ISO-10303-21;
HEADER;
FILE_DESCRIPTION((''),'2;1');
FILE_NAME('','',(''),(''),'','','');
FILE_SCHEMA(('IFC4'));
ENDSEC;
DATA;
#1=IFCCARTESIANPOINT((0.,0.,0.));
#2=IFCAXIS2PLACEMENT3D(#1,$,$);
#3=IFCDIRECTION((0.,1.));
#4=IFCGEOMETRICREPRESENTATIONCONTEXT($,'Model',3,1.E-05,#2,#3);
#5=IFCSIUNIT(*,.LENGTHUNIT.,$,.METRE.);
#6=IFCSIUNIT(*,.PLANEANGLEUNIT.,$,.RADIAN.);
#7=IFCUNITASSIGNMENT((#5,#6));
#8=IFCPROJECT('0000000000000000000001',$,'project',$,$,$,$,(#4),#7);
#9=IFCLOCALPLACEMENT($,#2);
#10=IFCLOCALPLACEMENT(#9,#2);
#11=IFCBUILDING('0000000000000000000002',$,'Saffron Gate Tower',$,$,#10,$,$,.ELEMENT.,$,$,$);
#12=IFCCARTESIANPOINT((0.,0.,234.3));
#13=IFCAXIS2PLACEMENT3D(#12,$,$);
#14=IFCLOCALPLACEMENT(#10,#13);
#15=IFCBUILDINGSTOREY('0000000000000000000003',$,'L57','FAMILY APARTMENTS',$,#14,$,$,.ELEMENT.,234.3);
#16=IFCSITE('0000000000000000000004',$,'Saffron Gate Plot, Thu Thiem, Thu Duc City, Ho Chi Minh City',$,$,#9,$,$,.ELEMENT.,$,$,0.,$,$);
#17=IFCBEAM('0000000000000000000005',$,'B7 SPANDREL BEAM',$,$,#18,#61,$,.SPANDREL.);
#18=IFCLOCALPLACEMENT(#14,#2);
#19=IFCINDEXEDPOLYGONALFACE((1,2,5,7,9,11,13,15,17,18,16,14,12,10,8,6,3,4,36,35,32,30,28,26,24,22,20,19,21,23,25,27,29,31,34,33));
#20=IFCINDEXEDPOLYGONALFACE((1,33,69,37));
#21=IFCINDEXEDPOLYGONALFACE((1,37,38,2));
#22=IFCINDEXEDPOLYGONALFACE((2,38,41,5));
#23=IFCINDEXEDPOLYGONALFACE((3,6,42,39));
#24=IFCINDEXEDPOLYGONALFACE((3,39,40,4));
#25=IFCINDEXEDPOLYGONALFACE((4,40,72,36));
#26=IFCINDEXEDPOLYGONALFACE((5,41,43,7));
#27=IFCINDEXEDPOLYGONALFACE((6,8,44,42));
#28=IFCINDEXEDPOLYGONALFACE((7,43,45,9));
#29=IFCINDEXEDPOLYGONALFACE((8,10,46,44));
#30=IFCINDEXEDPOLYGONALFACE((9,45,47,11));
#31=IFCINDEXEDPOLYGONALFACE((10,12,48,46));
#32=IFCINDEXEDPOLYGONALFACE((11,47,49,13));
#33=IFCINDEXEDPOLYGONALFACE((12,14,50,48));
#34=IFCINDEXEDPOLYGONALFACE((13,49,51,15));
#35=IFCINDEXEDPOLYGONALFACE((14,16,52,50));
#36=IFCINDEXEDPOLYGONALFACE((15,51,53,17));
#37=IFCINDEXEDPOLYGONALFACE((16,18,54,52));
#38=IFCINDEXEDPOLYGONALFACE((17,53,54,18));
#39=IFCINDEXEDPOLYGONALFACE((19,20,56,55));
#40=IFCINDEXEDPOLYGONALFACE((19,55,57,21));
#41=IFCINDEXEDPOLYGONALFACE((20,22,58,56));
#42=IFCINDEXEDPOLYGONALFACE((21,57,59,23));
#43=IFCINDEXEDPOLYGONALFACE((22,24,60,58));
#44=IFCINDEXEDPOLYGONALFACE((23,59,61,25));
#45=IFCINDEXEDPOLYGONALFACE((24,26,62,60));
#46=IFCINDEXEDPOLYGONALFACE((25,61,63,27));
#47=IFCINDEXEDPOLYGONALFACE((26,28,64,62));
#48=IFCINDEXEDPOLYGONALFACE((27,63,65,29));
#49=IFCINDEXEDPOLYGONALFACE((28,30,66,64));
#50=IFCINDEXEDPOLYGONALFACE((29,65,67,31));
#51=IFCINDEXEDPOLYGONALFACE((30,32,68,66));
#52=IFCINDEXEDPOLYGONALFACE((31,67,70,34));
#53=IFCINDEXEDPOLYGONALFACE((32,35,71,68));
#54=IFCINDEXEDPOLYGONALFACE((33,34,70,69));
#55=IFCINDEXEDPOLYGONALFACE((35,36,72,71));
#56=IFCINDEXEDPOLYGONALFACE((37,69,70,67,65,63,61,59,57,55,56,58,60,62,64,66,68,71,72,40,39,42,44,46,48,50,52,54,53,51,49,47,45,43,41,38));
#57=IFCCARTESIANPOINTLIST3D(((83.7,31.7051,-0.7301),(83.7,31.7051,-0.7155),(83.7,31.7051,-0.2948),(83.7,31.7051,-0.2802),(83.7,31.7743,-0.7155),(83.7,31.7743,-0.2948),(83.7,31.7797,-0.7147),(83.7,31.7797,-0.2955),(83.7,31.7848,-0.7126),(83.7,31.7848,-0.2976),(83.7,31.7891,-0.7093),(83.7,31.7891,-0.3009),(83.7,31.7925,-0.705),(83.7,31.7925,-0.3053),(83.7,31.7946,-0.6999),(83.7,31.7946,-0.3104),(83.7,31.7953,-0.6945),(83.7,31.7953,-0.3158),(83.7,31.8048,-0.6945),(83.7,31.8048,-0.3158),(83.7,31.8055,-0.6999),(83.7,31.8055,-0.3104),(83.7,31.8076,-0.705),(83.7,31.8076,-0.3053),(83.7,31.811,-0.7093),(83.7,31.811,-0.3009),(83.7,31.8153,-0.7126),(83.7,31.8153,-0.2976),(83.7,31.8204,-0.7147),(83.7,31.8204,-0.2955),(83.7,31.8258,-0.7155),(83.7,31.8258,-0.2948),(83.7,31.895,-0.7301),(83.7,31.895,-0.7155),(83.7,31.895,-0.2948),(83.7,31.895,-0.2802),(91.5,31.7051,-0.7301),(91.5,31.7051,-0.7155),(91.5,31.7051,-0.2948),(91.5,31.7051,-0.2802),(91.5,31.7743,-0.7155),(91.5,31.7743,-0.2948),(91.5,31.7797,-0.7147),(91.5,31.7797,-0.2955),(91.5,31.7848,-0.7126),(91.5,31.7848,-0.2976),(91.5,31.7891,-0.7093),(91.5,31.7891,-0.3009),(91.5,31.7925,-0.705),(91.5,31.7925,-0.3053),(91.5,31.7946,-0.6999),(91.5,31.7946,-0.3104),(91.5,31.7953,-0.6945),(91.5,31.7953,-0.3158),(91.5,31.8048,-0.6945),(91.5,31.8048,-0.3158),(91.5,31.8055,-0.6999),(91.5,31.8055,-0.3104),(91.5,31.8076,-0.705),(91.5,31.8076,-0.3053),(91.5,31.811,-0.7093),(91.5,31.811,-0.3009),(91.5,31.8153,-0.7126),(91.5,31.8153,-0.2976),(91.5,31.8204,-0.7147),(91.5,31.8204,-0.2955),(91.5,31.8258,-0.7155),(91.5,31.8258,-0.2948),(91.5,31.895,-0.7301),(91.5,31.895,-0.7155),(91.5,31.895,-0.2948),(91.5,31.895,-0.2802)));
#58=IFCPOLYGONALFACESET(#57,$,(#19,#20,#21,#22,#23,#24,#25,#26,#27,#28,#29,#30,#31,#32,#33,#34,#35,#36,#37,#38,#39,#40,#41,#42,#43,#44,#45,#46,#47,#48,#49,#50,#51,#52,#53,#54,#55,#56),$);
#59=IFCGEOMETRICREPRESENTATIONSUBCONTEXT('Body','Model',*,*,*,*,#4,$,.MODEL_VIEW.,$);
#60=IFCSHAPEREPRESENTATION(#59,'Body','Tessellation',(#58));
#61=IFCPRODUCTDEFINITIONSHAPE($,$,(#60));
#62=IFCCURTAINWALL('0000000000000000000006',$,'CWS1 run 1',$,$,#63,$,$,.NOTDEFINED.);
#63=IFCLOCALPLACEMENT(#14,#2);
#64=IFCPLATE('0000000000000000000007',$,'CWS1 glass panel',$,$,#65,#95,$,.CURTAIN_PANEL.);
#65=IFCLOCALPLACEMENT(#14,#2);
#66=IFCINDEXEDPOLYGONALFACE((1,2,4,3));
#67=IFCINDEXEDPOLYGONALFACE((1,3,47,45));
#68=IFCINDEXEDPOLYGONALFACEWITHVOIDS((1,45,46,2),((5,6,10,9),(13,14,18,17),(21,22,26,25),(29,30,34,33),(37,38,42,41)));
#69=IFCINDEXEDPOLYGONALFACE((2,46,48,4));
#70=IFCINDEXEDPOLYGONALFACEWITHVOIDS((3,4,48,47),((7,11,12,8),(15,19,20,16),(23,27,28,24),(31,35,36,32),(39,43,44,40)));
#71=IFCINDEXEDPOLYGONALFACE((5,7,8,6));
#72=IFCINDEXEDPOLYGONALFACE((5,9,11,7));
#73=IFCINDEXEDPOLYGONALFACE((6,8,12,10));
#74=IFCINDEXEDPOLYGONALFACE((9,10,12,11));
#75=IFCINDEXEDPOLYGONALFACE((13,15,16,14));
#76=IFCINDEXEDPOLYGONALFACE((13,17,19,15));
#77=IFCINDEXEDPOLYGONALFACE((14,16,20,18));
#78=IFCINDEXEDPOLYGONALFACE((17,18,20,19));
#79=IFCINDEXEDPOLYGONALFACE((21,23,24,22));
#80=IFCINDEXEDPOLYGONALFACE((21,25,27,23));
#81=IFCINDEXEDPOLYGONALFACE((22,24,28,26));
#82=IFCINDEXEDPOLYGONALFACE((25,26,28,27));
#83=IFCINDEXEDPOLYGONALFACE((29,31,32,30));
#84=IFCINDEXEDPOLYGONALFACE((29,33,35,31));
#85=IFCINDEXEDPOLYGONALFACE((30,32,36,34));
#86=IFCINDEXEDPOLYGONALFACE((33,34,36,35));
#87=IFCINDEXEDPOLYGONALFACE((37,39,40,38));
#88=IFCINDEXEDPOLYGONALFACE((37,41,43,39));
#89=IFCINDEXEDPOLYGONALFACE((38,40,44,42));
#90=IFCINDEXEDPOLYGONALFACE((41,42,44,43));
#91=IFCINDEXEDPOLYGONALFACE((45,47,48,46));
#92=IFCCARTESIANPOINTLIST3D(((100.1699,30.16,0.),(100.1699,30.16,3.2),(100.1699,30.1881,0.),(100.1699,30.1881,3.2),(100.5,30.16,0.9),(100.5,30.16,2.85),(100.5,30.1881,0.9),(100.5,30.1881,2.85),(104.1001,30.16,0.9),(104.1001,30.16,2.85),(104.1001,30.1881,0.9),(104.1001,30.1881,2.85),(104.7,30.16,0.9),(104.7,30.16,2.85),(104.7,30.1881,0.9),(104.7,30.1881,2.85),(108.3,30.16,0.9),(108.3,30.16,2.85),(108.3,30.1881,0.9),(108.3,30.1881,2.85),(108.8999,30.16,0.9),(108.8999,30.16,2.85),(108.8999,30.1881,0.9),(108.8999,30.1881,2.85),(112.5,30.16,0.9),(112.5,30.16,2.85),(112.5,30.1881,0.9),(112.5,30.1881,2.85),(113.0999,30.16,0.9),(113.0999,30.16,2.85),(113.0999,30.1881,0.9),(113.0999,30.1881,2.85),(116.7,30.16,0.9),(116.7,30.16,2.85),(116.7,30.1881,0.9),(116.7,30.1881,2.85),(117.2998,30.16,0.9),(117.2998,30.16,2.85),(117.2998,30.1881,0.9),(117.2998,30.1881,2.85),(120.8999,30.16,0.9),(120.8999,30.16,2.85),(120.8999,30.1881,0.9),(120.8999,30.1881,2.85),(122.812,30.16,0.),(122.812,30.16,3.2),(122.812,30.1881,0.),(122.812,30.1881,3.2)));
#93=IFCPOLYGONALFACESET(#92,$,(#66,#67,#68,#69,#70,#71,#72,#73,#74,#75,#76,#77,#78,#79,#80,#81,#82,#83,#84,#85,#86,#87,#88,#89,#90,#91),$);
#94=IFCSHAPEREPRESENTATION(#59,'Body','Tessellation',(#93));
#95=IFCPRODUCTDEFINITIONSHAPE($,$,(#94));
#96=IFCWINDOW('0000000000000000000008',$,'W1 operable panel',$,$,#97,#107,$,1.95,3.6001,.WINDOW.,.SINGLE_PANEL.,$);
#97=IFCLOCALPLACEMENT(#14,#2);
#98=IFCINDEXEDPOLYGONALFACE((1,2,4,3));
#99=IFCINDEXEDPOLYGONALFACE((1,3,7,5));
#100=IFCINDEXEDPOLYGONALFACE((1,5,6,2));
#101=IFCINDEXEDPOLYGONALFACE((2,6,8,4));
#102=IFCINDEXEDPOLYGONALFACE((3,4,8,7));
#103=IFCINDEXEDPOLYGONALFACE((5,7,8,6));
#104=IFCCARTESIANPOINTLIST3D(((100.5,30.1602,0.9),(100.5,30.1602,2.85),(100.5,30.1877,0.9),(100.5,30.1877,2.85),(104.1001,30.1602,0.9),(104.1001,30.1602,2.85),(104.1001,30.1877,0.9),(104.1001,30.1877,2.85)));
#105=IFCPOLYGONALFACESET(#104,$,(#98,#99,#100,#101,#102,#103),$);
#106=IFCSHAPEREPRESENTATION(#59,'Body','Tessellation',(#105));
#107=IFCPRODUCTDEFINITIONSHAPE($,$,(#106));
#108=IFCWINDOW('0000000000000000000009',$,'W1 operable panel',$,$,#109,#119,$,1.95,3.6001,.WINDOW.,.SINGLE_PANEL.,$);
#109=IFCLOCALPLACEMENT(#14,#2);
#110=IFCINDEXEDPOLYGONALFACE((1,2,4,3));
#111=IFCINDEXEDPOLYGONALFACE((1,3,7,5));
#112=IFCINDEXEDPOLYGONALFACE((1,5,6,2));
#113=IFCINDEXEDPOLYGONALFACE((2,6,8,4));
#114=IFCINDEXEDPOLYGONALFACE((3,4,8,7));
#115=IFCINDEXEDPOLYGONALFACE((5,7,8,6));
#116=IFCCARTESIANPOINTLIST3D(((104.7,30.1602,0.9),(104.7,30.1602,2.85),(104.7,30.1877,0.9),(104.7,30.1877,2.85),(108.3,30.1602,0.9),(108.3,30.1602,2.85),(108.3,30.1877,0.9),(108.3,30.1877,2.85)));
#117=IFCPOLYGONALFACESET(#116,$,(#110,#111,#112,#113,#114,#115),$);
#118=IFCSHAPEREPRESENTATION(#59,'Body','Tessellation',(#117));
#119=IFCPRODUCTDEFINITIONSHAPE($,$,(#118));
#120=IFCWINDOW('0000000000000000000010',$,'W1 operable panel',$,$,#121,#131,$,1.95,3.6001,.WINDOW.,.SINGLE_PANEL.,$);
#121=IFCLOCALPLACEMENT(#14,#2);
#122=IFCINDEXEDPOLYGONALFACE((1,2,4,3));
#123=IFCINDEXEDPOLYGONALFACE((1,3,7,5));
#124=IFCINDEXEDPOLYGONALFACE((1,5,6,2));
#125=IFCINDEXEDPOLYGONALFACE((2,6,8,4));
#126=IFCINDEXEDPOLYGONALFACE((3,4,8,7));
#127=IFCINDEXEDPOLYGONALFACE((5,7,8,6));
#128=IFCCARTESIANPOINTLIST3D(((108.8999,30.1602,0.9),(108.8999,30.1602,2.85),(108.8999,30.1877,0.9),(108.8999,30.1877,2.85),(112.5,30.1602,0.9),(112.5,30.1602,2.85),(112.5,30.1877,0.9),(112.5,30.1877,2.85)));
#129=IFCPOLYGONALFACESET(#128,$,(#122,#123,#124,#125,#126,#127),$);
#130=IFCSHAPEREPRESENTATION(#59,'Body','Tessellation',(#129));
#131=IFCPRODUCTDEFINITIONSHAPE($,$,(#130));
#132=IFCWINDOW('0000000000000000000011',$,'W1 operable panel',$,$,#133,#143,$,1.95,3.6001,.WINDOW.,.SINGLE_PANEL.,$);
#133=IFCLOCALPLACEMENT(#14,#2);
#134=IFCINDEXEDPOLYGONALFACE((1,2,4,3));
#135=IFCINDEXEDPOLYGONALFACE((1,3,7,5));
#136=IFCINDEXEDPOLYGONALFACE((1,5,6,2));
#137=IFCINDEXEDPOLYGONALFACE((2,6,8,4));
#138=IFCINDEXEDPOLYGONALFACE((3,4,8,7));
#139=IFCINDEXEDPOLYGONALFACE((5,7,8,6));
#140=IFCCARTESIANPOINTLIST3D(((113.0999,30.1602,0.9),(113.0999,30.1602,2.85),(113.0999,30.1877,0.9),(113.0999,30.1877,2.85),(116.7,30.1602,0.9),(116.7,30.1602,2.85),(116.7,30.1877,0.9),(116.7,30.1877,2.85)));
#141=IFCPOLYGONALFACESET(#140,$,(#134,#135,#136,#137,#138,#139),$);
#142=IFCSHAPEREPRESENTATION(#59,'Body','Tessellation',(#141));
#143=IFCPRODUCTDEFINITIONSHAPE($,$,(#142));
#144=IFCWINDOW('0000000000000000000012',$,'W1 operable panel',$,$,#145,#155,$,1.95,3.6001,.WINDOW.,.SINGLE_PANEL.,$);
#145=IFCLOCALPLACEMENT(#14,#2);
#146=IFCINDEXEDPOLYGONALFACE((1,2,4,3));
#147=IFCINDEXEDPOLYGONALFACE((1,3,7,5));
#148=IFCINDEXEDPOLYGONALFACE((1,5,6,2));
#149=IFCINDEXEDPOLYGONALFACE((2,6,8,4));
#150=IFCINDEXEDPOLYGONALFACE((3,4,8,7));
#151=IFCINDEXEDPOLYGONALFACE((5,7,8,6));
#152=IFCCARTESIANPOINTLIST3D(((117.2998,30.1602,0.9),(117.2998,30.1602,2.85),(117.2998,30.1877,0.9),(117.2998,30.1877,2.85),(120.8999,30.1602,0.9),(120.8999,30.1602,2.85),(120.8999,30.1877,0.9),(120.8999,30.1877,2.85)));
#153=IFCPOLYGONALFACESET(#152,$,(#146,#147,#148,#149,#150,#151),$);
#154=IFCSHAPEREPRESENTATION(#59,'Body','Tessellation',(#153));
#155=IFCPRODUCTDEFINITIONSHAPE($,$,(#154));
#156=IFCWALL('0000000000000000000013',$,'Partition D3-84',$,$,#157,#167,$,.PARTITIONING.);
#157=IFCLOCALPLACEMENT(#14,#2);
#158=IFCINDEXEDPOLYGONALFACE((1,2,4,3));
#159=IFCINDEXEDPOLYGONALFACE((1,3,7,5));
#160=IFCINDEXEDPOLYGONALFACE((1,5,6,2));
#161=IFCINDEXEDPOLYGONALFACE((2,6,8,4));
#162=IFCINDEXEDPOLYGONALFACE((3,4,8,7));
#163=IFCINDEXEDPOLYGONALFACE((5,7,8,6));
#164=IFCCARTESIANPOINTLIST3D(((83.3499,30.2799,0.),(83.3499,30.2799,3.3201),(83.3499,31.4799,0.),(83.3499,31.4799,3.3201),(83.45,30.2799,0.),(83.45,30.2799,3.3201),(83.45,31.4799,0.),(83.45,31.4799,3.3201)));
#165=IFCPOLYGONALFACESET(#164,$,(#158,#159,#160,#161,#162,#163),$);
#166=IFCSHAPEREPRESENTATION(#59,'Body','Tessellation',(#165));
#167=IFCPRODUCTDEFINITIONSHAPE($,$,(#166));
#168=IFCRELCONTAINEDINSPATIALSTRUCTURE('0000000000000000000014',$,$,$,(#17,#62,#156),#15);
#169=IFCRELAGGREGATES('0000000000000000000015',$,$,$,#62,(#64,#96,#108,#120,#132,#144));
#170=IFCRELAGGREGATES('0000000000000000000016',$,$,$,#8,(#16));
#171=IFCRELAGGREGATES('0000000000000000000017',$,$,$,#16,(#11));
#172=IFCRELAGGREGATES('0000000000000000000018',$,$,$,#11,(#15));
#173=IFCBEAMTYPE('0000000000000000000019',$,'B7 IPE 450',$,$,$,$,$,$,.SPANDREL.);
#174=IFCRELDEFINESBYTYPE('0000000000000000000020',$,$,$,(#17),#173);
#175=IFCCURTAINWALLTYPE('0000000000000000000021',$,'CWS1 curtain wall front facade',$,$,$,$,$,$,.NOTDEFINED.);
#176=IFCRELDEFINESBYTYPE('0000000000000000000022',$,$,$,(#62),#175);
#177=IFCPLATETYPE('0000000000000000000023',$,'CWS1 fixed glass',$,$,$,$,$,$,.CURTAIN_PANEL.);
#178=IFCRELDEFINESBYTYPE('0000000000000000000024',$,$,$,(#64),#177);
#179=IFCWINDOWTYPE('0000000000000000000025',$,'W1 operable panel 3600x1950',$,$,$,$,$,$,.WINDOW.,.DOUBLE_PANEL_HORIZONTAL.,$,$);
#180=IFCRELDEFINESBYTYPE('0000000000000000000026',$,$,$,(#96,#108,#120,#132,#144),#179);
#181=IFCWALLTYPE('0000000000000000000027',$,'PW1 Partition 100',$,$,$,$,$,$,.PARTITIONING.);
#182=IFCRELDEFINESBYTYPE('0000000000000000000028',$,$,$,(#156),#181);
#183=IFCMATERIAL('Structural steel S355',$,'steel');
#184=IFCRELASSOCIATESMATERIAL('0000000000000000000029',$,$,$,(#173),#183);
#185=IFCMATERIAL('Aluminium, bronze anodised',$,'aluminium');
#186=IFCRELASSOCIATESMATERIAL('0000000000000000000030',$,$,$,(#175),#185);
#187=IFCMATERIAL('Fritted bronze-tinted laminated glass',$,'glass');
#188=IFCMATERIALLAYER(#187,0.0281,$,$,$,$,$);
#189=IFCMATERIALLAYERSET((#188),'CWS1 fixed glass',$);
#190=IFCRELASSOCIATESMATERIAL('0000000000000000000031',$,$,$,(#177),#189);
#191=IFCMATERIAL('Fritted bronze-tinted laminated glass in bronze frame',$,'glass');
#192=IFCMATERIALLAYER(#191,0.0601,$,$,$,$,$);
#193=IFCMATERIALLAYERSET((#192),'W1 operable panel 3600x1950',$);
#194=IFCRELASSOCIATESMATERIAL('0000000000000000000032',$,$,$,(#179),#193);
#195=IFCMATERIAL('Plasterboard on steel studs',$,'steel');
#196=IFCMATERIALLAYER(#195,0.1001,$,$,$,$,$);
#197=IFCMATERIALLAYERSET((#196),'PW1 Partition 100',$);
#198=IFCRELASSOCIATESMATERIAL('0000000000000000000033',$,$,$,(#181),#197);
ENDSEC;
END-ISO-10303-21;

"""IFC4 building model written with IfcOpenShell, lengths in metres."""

from ifc_helpers import new_model, si_unit, direction, frame, frame_2d, origin, origin_2d, place, context, subcontext, project, spatial, rectangle, i_section, extrude, material, layer, layer_set, material_profile, profile_set, type_object, element, fill, aggregate, save


model = new_model("IFC4")

# Units and contexts
model_context = context("Model", 3, precision=1e-05, world=origin(), true_north=direction((0.0, 1.0)))
body_context = subcontext(model_context, "Body", "Model", "MODEL_VIEW")
ifc_project = project(units=[si_unit("LENGTHUNIT", "METRE"), si_unit("PLANEANGLEUNIT", "RADIAN")], contexts=[model_context])

# Site, building, storey
site_placement = place(None, origin())
site = spatial("IfcSite", under=ifc_project, at=site_placement, Name="Saffron Gate Plot, Thu Thiem, Thu Duc City, Ho Chi Minh City", CompositionType="ELEMENT", RefElevation=0.0)
building_placement = place(site_placement, origin())
building = spatial("IfcBuilding", under=site, at=building_placement, Name="Saffron Gate Tower", CompositionType="ELEMENT")
storey_placement = place(building_placement, frame((0.0, 0.0, 234.3)))
storey = spatial("IfcBuildingStorey", under=building, at=storey_placement, Name="L57", Description="FAMILY APARTMENTS", CompositionType="ELEMENT", Elevation=234.3)

# Beam
ifc_material_1 = material(Name="Structural steel S355", Category="steel")
ifc_material_profile = material_profile(ifc_material_1, i_section(OverallWidth=0.1899, OverallDepth=0.45, WebThickness=0.0095, FlangeThickness=0.0146, FilletRadius=0.021, at=origin_2d()))
ifc_profile_set = profile_set([ifc_material_profile], Name="Structural steel S355")
beam_type = type_object("IfcBeamType", Name="B7 IPE 450", PredefinedType="SPANDREL", material=ifc_profile_set)
beam_placement = place(storey_placement, frame((83.7, 31.8, -0.5051), z_axis=(1.0, 0.0, 0.0), x_axis=(0.0, 1.0, 0.0)))
element("IfcBeam", 1, at=beam_placement, inside=storey, type_object=beam_type, Name="B7 SPANDREL BEAM", PredefinedType="SPANDREL", context=body_context, shape_type="SweptSolid", body=[
    extrude(i_section(OverallWidth=0.1899, OverallDepth=0.45, WebThickness=0.0095, FlangeThickness=0.0146, FilletRadius=0.021, at=origin_2d()), origin(), (0.0, 0.0, 1.0), 7.8),
])

# Curtain wall, plate, openings, windows
ifc_material_2 = material(Name="Aluminium, bronze anodised", Category="aluminium")
curtain_wall_type = type_object("IfcCurtainWallType", Name="CWS1 curtain wall front facade", PredefinedType="NOTDEFINED", material=ifc_material_2)
curtain_wall_placement = place(storey_placement, origin())
curtain_wall = element("IfcCurtainWall", 2, at=curtain_wall_placement, inside=storey, type_object=curtain_wall_type, Name="CWS1 run 1", PredefinedType="NOTDEFINED")
ifc_material_3 = material(Name="Fritted bronze-tinted laminated glass", Category="glass")
ifc_layer_1 = layer(ifc_material_3, 0.0281)
ifc_layer_set_1 = layer_set([ifc_layer_1], Name="CWS1 fixed glass")
plate_type = type_object("IfcPlateType", Name="CWS1 fixed glass", PredefinedType="CURTAIN_PANEL", material=ifc_layer_set_1)
plate_placement = place(storey_placement, frame((100.1699, 30.1741, 0.0), z_axis=(0.0, 0.0, 1.0), x_axis=(1.0, 0.0, 0.0)))
plate = element("IfcPlate", 3, at=plate_placement, type_object=plate_type, Name="CWS1 glass panel", PredefinedType="CURTAIN_PANEL", context=body_context, shape_type="SweptSolid", body=[
    extrude(rectangle(XDim=22.6421, YDim=0.0281, at=frame_2d((11.321, 0.0))), origin(), (0.0, 0.0, 1.0), 3.2),
])
opening_1_placement = place(plate_placement, frame((0.3301, 0.0, 0.8999)))
opening_1 = element("IfcOpeningElement", 4, at=opening_1_placement, cuts=plate, PredefinedType="OPENING", context=body_context, shape_type="SweptSolid", body=[
    extrude(rectangle(XDim=3.6001, YDim=1.95, at=frame_2d((1.8, 0.9751))), frame((0.0, 0.0239, 0.0), z_axis=(0.0, -1.0, 0.0), x_axis=(1.0, 0.0, 0.0)), (0.0, 0.0, 1.0), 0.0481),
])
opening_2_placement = place(plate_placement, frame((4.53, 0.0, 0.8999)))
opening_2 = element("IfcOpeningElement", 5, at=opening_2_placement, cuts=plate, PredefinedType="OPENING", context=body_context, shape_type="SweptSolid", body=[
    extrude(rectangle(XDim=3.6001, YDim=1.95, at=frame_2d((1.8, 0.9751))), frame((0.0, 0.0239, 0.0), z_axis=(0.0, -1.0, 0.0), x_axis=(1.0, 0.0, 0.0)), (0.0, 0.0, 1.0), 0.0481),
])
opening_3_placement = place(plate_placement, frame((8.73, 0.0, 0.8999)))
opening_3 = element("IfcOpeningElement", 6, at=opening_3_placement, cuts=plate, PredefinedType="OPENING", context=body_context, shape_type="SweptSolid", body=[
    extrude(rectangle(XDim=3.6001, YDim=1.95, at=frame_2d((1.8, 0.9751))), frame((0.0, 0.0239, 0.0), z_axis=(0.0, -1.0, 0.0), x_axis=(1.0, 0.0, 0.0)), (0.0, 0.0, 1.0), 0.0481),
])
opening_4_placement = place(plate_placement, frame((12.9299, 0.0, 0.8999)))
opening_4 = element("IfcOpeningElement", 7, at=opening_4_placement, cuts=plate, PredefinedType="OPENING", context=body_context, shape_type="SweptSolid", body=[
    extrude(rectangle(XDim=3.6001, YDim=1.95, at=frame_2d((1.8, 0.9751))), frame((0.0, 0.0239, 0.0), z_axis=(0.0, -1.0, 0.0), x_axis=(1.0, 0.0, 0.0)), (0.0, 0.0, 1.0), 0.0481),
])
opening_5_placement = place(plate_placement, frame((17.1299, 0.0, 0.8999)))
opening_5 = element("IfcOpeningElement", 8, at=opening_5_placement, cuts=plate, PredefinedType="OPENING", context=body_context, shape_type="SweptSolid", body=[
    extrude(rectangle(XDim=3.6001, YDim=1.95, at=frame_2d((1.8, 0.9751))), frame((0.0, 0.0239, 0.0), z_axis=(0.0, -1.0, 0.0), x_axis=(1.0, 0.0, 0.0)), (0.0, 0.0, 1.0), 0.0481),
])
ifc_material_4 = material(Name="Fritted bronze-tinted laminated glass in bronze frame", Category="glass")
ifc_layer_2 = layer(ifc_material_4, 0.0601)
ifc_layer_set_2 = layer_set([ifc_layer_2], Name="W1 operable panel 3600x1950")
window_type = type_object("IfcWindowType", Name="W1 operable panel 3600x1950", PartitioningType="DOUBLE_PANEL_HORIZONTAL", PredefinedType="WINDOW", material=ifc_layer_set_2)
window_1_placement = place(opening_1_placement, origin())
window_1 = element("IfcWindow", 9, at=window_1_placement, type_object=window_type, Name="W1 operable panel", OverallHeight=1.95, OverallWidth=3.6001, PartitioningType="SINGLE_PANEL", PredefinedType="WINDOW", context=body_context, shape_type="SweptSolid", body=[
    extrude(rectangle(XDim=3.6001, YDim=1.95, at=frame_2d((1.8, 0.9751))), frame((0.0, 0.0137, 0.0), z_axis=(0.0, -1.0, 0.0), x_axis=(1.0, 0.0, 0.0)), (0.0, 0.0, 1.0), 0.0276),
])
fill(opening_1, window_1)
window_2_placement = place(opening_2_placement, origin())
window_2 = element("IfcWindow", 10, at=window_2_placement, type_object=window_type, Name="W1 operable panel", OverallHeight=1.95, OverallWidth=3.6001, PartitioningType="SINGLE_PANEL", PredefinedType="WINDOW", context=body_context, shape_type="SweptSolid", body=[
    extrude(rectangle(XDim=3.6001, YDim=1.95, at=frame_2d((1.8, 0.9751))), frame((0.0, 0.0137, 0.0), z_axis=(0.0, -1.0, 0.0), x_axis=(1.0, 0.0, 0.0)), (0.0, 0.0, 1.0), 0.0276),
])
fill(opening_2, window_2)
window_3_placement = place(opening_3_placement, origin())
window_3 = element("IfcWindow", 11, at=window_3_placement, type_object=window_type, Name="W1 operable panel", OverallHeight=1.95, OverallWidth=3.6001, PartitioningType="SINGLE_PANEL", PredefinedType="WINDOW", context=body_context, shape_type="SweptSolid", body=[
    extrude(rectangle(XDim=3.6001, YDim=1.95, at=frame_2d((1.8, 0.9751))), frame((0.0, 0.0137, 0.0), z_axis=(0.0, -1.0, 0.0), x_axis=(1.0, 0.0, 0.0)), (0.0, 0.0, 1.0), 0.0276),
])
fill(opening_3, window_3)
window_4_placement = place(opening_4_placement, origin())
window_4 = element("IfcWindow", 12, at=window_4_placement, type_object=window_type, Name="W1 operable panel", OverallHeight=1.95, OverallWidth=3.6001, PartitioningType="SINGLE_PANEL", PredefinedType="WINDOW", context=body_context, shape_type="SweptSolid", body=[
    extrude(rectangle(XDim=3.6001, YDim=1.95, at=frame_2d((1.8, 0.9751))), frame((0.0, 0.0137, 0.0), z_axis=(0.0, -1.0, 0.0), x_axis=(1.0, 0.0, 0.0)), (0.0, 0.0, 1.0), 0.0276),
])
fill(opening_4, window_4)
window_5_placement = place(opening_5_placement, origin())
window_5 = element("IfcWindow", 13, at=window_5_placement, type_object=window_type, Name="W1 operable panel", OverallHeight=1.95, OverallWidth=3.6001, PartitioningType="SINGLE_PANEL", PredefinedType="WINDOW", context=body_context, shape_type="SweptSolid", body=[
    extrude(rectangle(XDim=3.6001, YDim=1.95, at=frame_2d((1.8, 0.9751))), frame((0.0, 0.0137, 0.0), z_axis=(0.0, -1.0, 0.0), x_axis=(1.0, 0.0, 0.0)), (0.0, 0.0, 1.0), 0.0276),
])
fill(opening_5, window_5)
aggregate(curtain_wall, [plate, window_1, window_2, window_3, window_4, window_5])

# Wall
ifc_material_5 = material(Name="Plasterboard on steel studs", Category="steel")
ifc_layer_3 = layer(ifc_material_5, 0.1001)
ifc_layer_set_3 = layer_set([ifc_layer_3], Name="PW1 Partition 100")
wall_type = type_object("IfcWallType", Name="PW1 Partition 100", PredefinedType="PARTITIONING", material=ifc_layer_set_3)
for number, where, z_axis, x_axis, name in (
    (14, (83.3999, 31.48, 0.0), (0.0, 0.0, 1.0), (0.0, -1.0, 0.0), "Partition D3-84"),
):
    element("IfcWall", number, at=place(storey_placement, frame(where, z_axis=z_axis, x_axis=x_axis)), inside=storey, type_object=wall_type, Name=name, PredefinedType="PARTITIONING", context=body_context, shape_type="SweptSolid", body=[
        extrude(rectangle(XDim=1.2, YDim=0.1001, at=frame_2d((0.6001, 0.0))), origin(), (0.0, 0.0, 1.0), 3.3201),
    ])

save(model, "model.ifc")
